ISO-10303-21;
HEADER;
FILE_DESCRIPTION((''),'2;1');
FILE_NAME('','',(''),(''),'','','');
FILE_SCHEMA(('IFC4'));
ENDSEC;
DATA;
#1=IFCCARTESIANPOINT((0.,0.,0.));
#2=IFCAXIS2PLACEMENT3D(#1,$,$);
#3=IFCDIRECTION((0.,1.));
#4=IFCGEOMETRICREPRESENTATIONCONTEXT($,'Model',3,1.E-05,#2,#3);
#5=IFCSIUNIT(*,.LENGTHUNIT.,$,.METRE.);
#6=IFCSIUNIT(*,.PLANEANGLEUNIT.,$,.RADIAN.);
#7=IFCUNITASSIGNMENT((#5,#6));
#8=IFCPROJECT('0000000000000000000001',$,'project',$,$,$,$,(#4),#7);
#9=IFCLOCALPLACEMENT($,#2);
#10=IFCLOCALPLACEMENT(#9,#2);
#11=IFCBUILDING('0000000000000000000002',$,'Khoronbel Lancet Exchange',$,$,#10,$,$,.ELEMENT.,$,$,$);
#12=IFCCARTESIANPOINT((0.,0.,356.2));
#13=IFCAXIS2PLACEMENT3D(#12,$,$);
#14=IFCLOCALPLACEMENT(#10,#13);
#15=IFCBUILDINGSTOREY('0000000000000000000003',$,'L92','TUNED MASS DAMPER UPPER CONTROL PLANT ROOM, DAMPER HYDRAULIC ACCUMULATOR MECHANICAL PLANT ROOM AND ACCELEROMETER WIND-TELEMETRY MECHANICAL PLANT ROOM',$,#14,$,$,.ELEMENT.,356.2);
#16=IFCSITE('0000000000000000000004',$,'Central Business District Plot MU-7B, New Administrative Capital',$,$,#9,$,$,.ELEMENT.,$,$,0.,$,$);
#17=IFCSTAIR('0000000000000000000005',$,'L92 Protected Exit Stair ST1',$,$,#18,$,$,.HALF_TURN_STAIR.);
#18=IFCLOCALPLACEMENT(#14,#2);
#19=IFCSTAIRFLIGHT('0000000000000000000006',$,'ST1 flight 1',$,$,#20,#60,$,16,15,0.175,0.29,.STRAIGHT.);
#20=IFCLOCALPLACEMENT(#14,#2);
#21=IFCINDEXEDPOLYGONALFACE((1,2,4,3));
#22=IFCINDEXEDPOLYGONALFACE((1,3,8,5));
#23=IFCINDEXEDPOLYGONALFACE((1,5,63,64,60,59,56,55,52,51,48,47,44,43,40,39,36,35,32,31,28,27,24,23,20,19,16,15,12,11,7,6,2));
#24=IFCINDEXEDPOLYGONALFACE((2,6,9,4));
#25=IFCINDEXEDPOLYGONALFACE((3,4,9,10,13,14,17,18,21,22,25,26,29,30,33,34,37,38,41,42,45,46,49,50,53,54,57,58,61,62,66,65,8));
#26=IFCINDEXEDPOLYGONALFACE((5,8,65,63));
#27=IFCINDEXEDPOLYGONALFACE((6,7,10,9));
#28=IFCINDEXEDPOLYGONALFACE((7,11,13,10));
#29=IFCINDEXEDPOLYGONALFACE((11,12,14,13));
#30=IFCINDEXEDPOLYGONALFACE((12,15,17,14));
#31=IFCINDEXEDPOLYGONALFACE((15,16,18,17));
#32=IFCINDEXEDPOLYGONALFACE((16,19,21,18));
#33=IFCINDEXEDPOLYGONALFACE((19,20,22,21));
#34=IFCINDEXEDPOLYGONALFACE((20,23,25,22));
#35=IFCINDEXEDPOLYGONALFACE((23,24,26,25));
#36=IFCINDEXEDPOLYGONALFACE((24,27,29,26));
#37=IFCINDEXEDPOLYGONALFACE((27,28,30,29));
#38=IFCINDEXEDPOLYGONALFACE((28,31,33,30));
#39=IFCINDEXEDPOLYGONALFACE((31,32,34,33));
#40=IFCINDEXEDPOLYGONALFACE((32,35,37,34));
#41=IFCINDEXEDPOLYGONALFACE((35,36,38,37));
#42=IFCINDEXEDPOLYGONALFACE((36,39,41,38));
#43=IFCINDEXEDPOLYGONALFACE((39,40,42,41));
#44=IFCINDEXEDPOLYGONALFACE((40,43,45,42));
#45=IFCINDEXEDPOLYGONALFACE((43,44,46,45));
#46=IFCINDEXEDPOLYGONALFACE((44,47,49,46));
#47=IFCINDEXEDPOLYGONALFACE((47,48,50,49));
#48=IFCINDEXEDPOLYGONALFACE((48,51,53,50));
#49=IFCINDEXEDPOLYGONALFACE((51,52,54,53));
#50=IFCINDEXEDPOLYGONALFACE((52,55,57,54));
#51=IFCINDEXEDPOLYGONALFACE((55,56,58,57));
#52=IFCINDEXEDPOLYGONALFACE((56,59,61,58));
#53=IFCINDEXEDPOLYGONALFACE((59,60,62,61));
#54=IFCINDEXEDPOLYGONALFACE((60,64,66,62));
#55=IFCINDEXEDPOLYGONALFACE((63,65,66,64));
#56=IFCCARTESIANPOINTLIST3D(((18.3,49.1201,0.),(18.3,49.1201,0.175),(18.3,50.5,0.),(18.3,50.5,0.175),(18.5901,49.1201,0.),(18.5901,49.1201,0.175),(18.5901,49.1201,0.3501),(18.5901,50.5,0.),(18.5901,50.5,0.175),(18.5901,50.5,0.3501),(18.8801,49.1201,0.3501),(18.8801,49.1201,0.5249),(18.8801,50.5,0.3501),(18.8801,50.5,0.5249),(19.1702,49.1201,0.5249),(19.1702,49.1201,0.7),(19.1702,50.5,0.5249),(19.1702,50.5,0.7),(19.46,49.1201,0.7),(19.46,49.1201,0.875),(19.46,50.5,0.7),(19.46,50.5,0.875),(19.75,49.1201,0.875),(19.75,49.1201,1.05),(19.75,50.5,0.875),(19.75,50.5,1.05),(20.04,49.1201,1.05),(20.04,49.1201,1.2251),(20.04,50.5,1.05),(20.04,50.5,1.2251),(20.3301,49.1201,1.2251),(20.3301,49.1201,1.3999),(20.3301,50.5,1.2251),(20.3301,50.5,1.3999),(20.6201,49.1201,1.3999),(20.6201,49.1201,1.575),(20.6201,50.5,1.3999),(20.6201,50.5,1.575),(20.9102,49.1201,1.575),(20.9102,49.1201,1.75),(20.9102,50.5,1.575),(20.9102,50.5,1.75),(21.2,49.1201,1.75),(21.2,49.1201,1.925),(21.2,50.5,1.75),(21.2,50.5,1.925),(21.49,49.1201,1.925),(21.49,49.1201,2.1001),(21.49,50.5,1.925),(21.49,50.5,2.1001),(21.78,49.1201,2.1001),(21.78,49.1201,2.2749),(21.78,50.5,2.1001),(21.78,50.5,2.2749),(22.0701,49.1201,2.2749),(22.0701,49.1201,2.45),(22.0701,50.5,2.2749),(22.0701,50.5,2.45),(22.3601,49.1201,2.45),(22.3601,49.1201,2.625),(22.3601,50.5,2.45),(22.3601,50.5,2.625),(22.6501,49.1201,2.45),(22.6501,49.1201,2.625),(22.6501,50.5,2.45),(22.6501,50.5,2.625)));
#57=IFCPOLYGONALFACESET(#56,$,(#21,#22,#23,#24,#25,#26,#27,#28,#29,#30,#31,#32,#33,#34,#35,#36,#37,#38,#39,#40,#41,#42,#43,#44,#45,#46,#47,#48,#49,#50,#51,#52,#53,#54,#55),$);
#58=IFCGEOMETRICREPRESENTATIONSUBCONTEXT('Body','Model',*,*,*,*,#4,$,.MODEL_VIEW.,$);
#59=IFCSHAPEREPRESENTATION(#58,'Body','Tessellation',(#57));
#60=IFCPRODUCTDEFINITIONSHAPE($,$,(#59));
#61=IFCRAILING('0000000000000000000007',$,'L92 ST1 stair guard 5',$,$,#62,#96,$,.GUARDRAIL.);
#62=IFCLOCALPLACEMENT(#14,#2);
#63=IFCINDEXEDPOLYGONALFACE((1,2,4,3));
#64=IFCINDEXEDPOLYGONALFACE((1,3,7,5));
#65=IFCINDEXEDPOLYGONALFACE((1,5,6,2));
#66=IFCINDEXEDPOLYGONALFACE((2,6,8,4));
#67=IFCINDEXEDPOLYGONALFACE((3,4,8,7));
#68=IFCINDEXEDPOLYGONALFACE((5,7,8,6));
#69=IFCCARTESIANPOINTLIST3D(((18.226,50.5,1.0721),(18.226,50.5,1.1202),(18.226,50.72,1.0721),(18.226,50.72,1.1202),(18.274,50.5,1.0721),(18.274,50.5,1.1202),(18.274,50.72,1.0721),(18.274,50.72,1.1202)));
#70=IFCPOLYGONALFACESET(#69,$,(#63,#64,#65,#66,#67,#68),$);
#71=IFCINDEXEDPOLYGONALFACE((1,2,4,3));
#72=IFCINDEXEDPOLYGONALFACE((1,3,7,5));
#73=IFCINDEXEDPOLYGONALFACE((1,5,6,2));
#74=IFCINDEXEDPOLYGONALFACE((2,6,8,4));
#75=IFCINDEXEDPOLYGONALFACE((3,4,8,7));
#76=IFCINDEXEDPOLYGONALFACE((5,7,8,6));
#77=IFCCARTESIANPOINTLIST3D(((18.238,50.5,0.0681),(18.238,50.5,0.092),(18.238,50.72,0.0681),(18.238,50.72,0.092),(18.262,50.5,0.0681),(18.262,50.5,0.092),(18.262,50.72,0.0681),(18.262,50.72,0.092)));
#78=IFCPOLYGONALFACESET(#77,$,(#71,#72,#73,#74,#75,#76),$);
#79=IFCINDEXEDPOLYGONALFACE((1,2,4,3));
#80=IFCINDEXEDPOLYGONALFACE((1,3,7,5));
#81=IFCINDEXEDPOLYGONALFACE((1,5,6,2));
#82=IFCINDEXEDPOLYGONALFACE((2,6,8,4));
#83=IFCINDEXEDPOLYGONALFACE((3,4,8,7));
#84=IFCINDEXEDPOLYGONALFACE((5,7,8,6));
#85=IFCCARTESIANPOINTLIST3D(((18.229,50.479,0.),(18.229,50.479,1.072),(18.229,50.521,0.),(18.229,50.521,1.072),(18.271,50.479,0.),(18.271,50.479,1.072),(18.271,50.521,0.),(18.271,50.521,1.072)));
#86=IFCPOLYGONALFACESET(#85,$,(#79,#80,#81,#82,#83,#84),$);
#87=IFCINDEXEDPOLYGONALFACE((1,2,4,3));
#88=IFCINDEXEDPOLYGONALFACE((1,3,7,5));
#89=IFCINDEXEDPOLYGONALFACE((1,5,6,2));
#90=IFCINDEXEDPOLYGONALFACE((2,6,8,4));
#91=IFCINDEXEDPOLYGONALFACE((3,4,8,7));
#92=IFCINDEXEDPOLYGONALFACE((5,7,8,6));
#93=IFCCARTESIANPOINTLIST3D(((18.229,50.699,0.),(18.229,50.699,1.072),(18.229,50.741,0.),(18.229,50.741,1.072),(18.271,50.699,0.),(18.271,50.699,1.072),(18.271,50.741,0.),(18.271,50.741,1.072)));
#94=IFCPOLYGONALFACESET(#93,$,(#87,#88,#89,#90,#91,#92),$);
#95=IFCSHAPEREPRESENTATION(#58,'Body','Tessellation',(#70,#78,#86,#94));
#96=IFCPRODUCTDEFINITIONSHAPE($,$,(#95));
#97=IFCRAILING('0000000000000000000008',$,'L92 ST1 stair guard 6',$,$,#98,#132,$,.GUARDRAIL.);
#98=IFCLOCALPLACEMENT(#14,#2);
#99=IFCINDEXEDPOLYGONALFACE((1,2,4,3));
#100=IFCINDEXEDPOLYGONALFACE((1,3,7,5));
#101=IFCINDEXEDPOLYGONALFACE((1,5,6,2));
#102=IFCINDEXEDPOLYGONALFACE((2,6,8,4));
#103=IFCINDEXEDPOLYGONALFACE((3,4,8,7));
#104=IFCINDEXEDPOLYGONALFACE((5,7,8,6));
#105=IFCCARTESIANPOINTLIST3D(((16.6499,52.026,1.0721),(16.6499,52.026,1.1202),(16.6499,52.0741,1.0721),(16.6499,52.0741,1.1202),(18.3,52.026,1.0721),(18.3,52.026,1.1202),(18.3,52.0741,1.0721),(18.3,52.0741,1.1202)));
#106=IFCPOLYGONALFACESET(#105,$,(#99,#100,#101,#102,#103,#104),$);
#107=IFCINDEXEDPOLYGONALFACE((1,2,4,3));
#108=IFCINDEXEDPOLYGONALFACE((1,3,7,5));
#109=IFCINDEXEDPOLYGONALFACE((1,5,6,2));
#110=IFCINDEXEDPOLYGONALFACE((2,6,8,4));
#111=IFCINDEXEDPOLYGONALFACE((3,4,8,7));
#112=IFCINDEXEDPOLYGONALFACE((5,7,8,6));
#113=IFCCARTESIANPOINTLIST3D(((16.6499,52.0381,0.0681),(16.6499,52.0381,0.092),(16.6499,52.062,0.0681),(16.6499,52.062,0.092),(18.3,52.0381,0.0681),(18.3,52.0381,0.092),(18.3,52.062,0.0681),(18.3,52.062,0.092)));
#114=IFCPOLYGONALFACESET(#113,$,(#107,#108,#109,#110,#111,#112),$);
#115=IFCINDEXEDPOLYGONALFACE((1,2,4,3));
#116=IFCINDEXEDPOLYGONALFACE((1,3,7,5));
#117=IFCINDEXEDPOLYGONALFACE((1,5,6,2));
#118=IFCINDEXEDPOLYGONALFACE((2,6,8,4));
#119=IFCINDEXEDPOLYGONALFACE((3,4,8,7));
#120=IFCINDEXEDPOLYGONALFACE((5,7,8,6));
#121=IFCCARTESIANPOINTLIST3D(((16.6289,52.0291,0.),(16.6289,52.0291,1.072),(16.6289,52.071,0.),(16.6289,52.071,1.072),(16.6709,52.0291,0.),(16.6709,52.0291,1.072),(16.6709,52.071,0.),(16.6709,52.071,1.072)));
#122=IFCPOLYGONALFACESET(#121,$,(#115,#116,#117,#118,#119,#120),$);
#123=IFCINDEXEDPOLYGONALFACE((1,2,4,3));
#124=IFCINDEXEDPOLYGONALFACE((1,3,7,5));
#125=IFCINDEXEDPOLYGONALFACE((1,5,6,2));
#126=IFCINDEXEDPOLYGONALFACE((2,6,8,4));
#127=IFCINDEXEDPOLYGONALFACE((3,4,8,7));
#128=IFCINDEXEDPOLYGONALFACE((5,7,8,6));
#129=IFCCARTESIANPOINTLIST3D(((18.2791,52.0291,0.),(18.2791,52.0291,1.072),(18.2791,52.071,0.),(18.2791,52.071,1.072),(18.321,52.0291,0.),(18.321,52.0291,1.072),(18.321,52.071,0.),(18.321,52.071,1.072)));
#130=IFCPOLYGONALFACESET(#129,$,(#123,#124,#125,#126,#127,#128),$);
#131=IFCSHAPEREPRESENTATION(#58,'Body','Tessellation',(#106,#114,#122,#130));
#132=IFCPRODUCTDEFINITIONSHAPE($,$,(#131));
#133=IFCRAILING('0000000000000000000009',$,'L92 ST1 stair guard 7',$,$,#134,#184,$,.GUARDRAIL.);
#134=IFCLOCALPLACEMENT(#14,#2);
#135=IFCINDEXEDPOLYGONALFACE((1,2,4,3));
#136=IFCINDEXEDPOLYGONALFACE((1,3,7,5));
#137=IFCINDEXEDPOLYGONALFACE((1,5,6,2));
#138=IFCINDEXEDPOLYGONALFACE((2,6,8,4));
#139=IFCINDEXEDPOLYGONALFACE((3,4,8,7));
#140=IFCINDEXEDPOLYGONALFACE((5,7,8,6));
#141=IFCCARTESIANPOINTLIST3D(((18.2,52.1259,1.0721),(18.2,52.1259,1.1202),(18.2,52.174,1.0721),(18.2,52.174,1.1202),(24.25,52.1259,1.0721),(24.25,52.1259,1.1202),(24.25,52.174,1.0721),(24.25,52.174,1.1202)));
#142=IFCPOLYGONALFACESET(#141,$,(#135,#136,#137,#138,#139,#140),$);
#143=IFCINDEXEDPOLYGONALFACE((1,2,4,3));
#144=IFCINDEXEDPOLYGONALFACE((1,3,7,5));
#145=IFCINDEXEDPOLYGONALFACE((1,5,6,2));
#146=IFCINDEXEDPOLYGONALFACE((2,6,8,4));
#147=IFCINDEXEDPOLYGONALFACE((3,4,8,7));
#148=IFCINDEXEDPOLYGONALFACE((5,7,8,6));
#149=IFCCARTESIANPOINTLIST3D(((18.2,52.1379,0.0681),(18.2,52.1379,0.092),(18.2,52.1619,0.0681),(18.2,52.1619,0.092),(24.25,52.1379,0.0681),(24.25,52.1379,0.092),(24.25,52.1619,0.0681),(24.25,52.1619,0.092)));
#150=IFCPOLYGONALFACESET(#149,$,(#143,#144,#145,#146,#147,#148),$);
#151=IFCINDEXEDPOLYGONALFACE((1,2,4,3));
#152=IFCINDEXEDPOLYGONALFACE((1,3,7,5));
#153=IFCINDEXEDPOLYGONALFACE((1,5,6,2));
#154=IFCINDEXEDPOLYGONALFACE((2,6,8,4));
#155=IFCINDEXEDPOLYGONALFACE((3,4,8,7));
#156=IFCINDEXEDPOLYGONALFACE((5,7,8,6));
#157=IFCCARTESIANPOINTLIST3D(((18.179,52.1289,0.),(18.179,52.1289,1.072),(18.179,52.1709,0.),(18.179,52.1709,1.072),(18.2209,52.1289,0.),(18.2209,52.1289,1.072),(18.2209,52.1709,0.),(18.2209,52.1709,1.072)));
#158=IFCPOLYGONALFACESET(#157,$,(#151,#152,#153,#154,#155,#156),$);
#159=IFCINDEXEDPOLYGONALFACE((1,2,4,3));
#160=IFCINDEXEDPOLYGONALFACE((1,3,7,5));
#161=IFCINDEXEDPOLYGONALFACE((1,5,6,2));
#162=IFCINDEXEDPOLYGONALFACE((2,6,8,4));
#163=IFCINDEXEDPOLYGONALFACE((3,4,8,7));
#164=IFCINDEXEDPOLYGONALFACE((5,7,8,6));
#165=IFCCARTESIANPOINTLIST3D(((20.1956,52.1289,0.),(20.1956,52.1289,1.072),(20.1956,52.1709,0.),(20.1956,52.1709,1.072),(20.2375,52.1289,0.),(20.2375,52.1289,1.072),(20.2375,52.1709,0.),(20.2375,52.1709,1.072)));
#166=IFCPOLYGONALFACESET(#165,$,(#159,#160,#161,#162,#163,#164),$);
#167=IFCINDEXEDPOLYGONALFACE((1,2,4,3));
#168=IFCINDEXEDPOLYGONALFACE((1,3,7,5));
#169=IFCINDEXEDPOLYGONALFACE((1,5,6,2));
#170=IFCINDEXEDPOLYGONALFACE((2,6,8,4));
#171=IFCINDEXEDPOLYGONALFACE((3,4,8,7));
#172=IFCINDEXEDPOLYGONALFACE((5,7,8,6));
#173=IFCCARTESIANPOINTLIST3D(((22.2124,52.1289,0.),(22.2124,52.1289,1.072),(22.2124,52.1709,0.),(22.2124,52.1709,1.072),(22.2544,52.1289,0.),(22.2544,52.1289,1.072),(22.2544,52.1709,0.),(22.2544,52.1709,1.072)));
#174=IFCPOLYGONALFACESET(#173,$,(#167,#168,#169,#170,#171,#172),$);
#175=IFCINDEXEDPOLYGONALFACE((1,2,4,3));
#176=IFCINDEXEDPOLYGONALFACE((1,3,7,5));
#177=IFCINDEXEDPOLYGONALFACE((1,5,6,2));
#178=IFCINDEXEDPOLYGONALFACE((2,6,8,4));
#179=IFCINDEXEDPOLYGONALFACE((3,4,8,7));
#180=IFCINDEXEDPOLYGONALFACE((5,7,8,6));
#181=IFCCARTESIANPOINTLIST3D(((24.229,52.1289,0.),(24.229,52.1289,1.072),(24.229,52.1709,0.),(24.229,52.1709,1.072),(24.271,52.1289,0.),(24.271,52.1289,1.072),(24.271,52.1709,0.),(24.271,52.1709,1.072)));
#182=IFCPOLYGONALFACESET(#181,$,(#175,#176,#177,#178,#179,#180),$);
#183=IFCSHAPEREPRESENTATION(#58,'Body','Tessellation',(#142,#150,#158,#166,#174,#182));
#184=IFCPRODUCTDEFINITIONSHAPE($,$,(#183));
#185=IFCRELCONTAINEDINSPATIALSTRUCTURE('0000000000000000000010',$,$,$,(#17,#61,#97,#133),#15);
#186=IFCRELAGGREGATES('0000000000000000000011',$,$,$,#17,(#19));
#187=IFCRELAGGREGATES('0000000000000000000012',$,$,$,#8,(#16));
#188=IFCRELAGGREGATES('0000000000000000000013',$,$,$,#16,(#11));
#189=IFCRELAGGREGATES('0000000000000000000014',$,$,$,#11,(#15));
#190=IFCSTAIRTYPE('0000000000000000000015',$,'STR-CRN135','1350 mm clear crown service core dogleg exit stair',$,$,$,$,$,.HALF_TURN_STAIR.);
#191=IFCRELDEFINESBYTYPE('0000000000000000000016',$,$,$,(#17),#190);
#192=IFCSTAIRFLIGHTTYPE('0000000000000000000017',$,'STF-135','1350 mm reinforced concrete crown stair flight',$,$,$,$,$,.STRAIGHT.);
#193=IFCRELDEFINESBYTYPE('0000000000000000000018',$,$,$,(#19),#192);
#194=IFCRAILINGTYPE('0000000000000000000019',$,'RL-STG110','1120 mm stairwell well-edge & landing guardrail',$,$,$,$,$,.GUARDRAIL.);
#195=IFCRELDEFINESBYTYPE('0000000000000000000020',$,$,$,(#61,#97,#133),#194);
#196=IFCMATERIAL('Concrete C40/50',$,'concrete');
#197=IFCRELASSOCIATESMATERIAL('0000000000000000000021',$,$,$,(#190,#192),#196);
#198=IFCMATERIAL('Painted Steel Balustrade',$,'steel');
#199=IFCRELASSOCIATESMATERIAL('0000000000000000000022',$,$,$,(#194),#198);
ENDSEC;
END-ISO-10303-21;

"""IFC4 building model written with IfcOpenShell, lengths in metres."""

from ifc_helpers import new_model, si_unit, direction, frame, origin, origin_2d, place, context, subcontext, project, spatial, polyline, rectangle, outline, extrude, material, type_object, element, aggregate, save


model = new_model("IFC4")

# Units and contexts
model_context = context("Model", 3, precision=1e-05, world=origin(), true_north=direction((0.0, 1.0)))
body_context = subcontext(model_context, "Body", "Model", "MODEL_VIEW")
ifc_project = project(units=[si_unit("LENGTHUNIT", "METRE"), si_unit("PLANEANGLEUNIT", "RADIAN")], contexts=[model_context])

# Site, building, storey
site_placement = place(None, origin())
site = spatial("IfcSite", under=ifc_project, at=site_placement, Name="Central Business District Plot MU-7B, New Administrative Capital", CompositionType="ELEMENT", RefElevation=0.0)
building_placement = place(site_placement, origin())
building = spatial("IfcBuilding", under=site, at=building_placement, Name="Khoronbel Lancet Exchange", CompositionType="ELEMENT")
storey_placement = place(building_placement, frame((0.0, 0.0, 356.2)))
storey = spatial("IfcBuildingStorey", under=building, at=storey_placement, Name="L92", Description="TUNED MASS DAMPER UPPER CONTROL PLANT ROOM, DAMPER HYDRAULIC ACCUMULATOR MECHANICAL PLANT ROOM AND ACCELEROMETER WIND-TELEMETRY MECHANICAL PLANT ROOM", CompositionType="ELEMENT", Elevation=356.2)

# Stair, stair flight
ifc_material_1 = material(Name="Concrete C40/50", Category="concrete")
stair_type = type_object("IfcStairType", Name="STR-CRN135", Description="1350 mm clear crown service core dogleg exit stair", PredefinedType="HALF_TURN_STAIR", material=ifc_material_1)
stair_placement = place(storey_placement, origin())
stair = element("IfcStair", 1, at=stair_placement, inside=storey, type_object=stair_type, Name="L92 Protected Exit Stair ST1", PredefinedType="HALF_TURN_STAIR")
stair_flight_type = type_object("IfcStairFlightType", Name="STF-135", Description="1350 mm reinforced concrete crown stair flight", PredefinedType="STRAIGHT", material=ifc_material_1)
stair_flight_placement = place(storey_placement, frame((18.3, 49.8101, 0.0), z_axis=(0.0, 0.0, 1.0), x_axis=(1.0, 0.0, 0.0)))
stair_flight = element("IfcStairFlight", 2, at=stair_flight_placement, type_object=stair_flight_type, Name="ST1 flight 1", NumberOfRisers=16, NumberOfTreads=15, PredefinedType="STRAIGHT", RiserHeight=0.175, TreadLength=0.29, context=body_context, shape_type="SweptSolid", body=[
    extrude(outline(polyline([(0.0, 0.0), (0.0, 0.175), (0.29, 0.175), (0.29, 0.3501), (0.5801, 0.3501), (0.5801, 0.5249), (0.8701, 0.5249), (0.8701, 0.7), (1.1599, 0.7), (1.1599, 0.875), (1.45, 0.875), (1.45, 1.05), (1.74, 1.05), (1.74, 1.2251), (2.03, 1.2251), (2.03, 1.3999), (2.3201, 1.3999), (2.3201, 1.575), (2.6101, 1.575), (2.6101, 1.75), (2.8999, 1.75), (2.8999, 1.925), (3.1899, 1.925), (3.1899, 2.1001), (3.48, 2.1001), (3.48, 2.2749), (3.77, 2.2749), (3.77, 2.45), (4.0601, 2.45), (4.0601, 2.625), (4.3501, 2.625), (4.3501, 2.8), (4.3501, 2.45), (0.29, 0.0), (0.0, 0.0)])), frame((0.0, 0.6899, 0.0), z_axis=(0.0, -1.0, 0.0), x_axis=(1.0, 0.0, 0.0)), (0.0, 0.0, 1.0), 1.3799),
])
aggregate(stair, [stair_flight])

# Railings
ifc_material_2 = material(Name="Painted Steel Balustrade", Category="steel")
railing_type_1 = type_object("IfcRailingType", Name="RL-STG110", Description="1120 mm stairwell well-edge & landing guardrail", PredefinedType="GUARDRAIL", material=ifc_material_2)
railing_1_placement = place(storey_placement, frame((18.25, 50.5, 0.0)))
element("IfcRailing", 3, at=railing_1_placement, inside=storey, type_object=railing_type_1, Name="L92 ST1 stair guard 5", PredefinedType="GUARDRAIL", context=body_context, shape_type="SweptSolid", body=[
    extrude(rectangle(XDim=0.0481, YDim=0.0481, at=origin_2d()), frame((0.0, 0.0, 1.0962), z_axis=(0.0, 1.0, 0.0), x_axis=(-1.0, 0.0, 0.0)), (0.0, 0.0, 1.0), 0.22),
    extrude(rectangle(XDim=0.0239, YDim=0.0239, at=origin_2d()), frame((0.0, 0.0, 0.0801), z_axis=(0.0, 1.0, 0.0), x_axis=(-1.0, 0.0, 0.0)), (0.0, 0.0, 1.0), 0.22),
    extrude(rectangle(XDim=0.042, YDim=0.042, at=origin_2d()), origin(), (0.0, 0.0, 1.0), 1.072),
    extrude(rectangle(XDim=0.042, YDim=0.042, at=origin_2d()), frame((0.0, 0.22, 0.0)), (0.0, 0.0, 1.0), 1.072),
])
railing_2_placement = place(storey_placement, frame((16.6499, 52.05, 0.0)))
element("IfcRailing", 4, at=railing_2_placement, inside=storey, type_object=railing_type_1, Name="L92 ST1 stair guard 6", PredefinedType="GUARDRAIL", context=body_context, shape_type="SweptSolid", body=[
    extrude(rectangle(XDim=0.0481, YDim=0.0481, at=origin_2d()), frame((0.0, 0.0, 1.0962), z_axis=(1.0, 0.0, 0.0), x_axis=(0.0, 1.0, 0.0)), (0.0, 0.0, 1.0), 1.6501),
    extrude(rectangle(XDim=0.0239, YDim=0.0239, at=origin_2d()), frame((0.0, 0.0, 0.0801), z_axis=(1.0, 0.0, 0.0), x_axis=(0.0, 1.0, 0.0)), (0.0, 0.0, 1.0), 1.6501),
    extrude(rectangle(XDim=0.042, YDim=0.042, at=origin_2d()), origin(), (0.0, 0.0, 1.0), 1.072),
    extrude(rectangle(XDim=0.042, YDim=0.042, at=origin_2d()), frame((1.6501, 0.0, 0.0)), (0.0, 0.0, 1.0), 1.072),
])
railing_3_placement = place(storey_placement, frame((18.2, 52.1499, 0.0)))
element("IfcRailing", 5, at=railing_3_placement, inside=storey, type_object=railing_type_1, Name="L92 ST1 stair guard 7", PredefinedType="GUARDRAIL", context=body_context, shape_type="SweptSolid", body=[
    extrude(rectangle(XDim=0.0481, YDim=0.0481, at=origin_2d()), frame((0.0, 0.0, 1.0962), z_axis=(1.0, 0.0, 0.0), x_axis=(0.0, 1.0, 0.0)), (0.0, 0.0, 1.0), 6.05),
    extrude(rectangle(XDim=0.0239, YDim=0.0239, at=origin_2d()), frame((0.0, 0.0, 0.0801), z_axis=(1.0, 0.0, 0.0), x_axis=(0.0, 1.0, 0.0)), (0.0, 0.0, 1.0), 6.05),
    extrude(rectangle(XDim=0.042, YDim=0.042, at=origin_2d()), origin(), (0.0, 0.0, 1.0), 1.072),
    extrude(rectangle(XDim=0.042, YDim=0.042, at=origin_2d()), frame((2.0166, 0.0, 0.0)), (0.0, 0.0, 1.0), 1.072),
    extrude(rectangle(XDim=0.042, YDim=0.042, at=origin_2d()), frame((4.0334, 0.0, 0.0)), (0.0, 0.0, 1.0), 1.072),
    extrude(rectangle(XDim=0.042, YDim=0.042, at=origin_2d()), frame((6.05, 0.0, 0.0)), (0.0, 0.0, 1.0), 1.072),
])

save(model, "model.ifc")
